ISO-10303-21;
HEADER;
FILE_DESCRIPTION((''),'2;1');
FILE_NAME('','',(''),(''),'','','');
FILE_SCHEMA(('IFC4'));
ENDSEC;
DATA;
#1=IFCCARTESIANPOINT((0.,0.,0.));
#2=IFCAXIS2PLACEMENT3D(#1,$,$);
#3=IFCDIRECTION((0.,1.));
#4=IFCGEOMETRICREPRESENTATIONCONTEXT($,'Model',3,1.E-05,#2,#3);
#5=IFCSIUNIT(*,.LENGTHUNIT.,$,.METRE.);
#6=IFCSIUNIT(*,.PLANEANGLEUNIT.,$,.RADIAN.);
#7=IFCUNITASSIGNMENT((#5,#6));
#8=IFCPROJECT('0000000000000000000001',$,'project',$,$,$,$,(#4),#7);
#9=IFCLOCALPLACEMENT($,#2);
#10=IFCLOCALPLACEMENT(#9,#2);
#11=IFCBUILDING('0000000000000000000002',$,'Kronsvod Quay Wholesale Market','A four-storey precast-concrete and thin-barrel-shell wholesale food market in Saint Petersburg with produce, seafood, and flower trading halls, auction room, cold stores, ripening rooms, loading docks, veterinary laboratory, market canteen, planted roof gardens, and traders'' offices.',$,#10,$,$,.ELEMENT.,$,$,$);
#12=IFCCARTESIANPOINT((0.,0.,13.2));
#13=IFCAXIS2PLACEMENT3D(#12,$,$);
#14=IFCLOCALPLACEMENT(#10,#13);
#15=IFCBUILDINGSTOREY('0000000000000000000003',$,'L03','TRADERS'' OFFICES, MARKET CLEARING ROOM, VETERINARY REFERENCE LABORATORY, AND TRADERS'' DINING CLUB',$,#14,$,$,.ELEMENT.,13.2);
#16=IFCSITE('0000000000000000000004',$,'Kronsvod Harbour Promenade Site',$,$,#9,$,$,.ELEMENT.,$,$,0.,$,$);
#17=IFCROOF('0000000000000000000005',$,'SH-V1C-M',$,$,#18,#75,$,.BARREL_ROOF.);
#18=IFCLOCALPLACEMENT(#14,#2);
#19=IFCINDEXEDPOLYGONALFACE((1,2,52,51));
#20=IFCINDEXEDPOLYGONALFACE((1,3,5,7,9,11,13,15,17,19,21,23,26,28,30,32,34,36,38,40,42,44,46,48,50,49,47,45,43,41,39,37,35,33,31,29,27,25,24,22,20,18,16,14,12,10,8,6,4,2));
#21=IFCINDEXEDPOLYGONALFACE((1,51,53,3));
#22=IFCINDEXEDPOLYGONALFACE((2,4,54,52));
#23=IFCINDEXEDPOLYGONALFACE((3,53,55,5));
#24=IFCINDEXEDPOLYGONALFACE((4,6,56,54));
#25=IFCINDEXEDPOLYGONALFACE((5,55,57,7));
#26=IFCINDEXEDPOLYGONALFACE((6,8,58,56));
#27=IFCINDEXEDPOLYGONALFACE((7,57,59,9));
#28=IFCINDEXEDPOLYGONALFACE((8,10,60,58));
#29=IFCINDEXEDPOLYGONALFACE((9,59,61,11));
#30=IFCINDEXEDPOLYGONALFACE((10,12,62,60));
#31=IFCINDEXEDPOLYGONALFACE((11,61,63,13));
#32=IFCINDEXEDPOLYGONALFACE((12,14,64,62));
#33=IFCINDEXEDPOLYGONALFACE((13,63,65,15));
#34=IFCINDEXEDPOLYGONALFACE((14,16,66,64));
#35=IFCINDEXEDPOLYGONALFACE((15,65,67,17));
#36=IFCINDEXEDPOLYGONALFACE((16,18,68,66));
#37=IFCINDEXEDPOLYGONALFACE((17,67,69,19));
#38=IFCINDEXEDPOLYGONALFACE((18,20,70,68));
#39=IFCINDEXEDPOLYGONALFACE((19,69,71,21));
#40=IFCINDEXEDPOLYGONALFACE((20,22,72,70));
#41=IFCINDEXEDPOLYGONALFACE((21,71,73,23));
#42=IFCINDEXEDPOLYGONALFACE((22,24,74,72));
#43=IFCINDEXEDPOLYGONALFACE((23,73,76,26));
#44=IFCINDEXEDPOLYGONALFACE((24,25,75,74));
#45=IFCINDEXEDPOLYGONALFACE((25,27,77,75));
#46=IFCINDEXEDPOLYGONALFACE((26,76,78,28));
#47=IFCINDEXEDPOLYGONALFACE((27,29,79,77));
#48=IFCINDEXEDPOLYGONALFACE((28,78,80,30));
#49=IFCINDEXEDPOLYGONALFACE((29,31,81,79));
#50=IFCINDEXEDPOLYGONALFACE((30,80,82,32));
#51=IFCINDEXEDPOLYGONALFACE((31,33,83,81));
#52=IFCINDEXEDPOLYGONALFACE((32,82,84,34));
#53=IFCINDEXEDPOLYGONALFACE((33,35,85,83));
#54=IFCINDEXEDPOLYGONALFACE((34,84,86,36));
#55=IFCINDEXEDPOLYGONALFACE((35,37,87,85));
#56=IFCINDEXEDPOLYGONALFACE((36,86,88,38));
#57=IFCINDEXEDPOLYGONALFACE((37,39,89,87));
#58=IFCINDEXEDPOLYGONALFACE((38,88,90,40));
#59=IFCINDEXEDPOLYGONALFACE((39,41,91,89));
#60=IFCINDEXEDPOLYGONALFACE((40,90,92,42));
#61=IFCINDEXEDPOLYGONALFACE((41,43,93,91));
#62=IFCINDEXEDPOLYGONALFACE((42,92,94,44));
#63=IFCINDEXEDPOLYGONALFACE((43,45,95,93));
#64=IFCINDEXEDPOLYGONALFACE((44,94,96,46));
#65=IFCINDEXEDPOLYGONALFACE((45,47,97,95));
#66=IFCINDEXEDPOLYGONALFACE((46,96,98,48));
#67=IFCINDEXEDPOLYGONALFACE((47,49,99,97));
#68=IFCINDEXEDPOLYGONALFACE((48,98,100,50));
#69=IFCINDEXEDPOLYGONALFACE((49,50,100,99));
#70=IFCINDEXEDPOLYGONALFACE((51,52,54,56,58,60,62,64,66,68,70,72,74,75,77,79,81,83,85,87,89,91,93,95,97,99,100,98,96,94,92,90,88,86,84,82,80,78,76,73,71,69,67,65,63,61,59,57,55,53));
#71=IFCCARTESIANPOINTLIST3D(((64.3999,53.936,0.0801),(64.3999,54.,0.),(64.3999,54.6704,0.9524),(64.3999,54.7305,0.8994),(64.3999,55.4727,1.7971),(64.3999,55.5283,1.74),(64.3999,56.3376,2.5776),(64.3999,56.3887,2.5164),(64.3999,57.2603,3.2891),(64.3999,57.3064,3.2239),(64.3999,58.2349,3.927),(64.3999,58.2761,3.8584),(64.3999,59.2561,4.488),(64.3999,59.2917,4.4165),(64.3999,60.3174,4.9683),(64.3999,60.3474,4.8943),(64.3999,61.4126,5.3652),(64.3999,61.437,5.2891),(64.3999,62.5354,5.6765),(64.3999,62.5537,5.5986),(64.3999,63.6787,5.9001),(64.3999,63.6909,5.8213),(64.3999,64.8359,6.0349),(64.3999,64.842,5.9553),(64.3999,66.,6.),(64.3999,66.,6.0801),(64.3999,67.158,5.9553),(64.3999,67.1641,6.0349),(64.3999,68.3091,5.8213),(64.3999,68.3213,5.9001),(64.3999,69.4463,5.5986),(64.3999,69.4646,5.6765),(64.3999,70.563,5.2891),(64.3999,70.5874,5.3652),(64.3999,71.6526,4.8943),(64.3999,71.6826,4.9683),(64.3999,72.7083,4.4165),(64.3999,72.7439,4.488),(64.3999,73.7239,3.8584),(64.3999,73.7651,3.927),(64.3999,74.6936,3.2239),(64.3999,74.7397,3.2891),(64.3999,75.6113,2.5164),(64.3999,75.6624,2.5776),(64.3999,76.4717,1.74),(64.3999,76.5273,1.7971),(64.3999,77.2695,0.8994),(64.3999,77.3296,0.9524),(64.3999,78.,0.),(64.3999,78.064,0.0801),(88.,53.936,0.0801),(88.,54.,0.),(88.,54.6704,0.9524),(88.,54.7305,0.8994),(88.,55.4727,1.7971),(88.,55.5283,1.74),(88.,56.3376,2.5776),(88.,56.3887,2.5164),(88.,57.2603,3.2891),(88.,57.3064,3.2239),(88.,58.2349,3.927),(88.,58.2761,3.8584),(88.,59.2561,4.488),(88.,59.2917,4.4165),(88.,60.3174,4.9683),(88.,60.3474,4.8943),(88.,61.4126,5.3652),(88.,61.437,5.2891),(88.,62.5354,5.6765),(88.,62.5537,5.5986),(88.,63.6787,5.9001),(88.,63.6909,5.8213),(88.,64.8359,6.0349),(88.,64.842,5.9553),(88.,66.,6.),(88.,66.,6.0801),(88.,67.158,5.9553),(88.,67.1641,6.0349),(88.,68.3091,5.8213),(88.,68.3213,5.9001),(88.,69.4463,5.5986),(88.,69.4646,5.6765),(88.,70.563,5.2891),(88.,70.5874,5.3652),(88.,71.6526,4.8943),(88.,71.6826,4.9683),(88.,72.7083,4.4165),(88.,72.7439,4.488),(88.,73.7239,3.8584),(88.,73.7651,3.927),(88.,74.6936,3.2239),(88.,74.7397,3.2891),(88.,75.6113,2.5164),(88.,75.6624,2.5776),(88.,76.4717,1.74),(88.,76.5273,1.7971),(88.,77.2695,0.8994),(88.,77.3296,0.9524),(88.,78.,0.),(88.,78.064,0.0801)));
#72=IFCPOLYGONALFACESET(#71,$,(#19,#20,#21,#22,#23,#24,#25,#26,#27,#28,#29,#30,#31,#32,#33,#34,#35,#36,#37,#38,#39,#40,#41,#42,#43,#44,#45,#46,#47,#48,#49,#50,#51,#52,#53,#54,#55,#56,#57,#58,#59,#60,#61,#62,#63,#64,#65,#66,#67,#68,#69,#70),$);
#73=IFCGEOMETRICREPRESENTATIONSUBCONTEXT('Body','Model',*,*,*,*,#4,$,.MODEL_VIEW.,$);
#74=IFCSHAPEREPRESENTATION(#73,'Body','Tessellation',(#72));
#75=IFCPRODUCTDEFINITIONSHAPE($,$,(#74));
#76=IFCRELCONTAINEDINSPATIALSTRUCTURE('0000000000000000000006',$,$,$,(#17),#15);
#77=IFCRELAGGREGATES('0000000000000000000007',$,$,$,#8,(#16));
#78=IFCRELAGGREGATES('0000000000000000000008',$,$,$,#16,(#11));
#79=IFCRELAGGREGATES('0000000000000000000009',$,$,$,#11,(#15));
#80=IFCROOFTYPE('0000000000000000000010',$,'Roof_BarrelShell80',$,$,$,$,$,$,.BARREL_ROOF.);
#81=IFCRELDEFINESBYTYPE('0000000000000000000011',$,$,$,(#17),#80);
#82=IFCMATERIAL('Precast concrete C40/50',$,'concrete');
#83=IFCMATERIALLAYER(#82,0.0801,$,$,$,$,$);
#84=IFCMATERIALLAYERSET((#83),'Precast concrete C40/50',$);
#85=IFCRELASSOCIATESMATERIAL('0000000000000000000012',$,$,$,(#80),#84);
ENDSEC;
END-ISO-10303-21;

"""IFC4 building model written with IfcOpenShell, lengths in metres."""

from ifc_helpers import new_model, si_unit, direction, frame, origin, place, context, subcontext, project, spatial, polyline, outline, extrude, material, layer, layer_set, type_object, element, save


model = new_model("IFC4")

# Units and contexts
model_context = context("Model", 3, precision=1e-05, world=origin(), true_north=direction((0.0, 1.0)))
body_context = subcontext(model_context, "Body", "Model", "MODEL_VIEW")
ifc_project = project(units=[si_unit("LENGTHUNIT", "METRE"), si_unit("PLANEANGLEUNIT", "RADIAN")], contexts=[model_context])

# Site, building, storey
site_placement = place(None, origin())
site = spatial("IfcSite", under=ifc_project, at=site_placement, Name="Kronsvod Harbour Promenade Site", CompositionType="ELEMENT", RefElevation=0.0)
building_placement = place(site_placement, origin())
building = spatial("IfcBuilding", under=site, at=building_placement, Name="Kronsvod Quay Wholesale Market", Description="A four-storey precast-concrete and thin-barrel-shell wholesale food market in Saint Petersburg with produce, seafood, and flower trading halls, auction room, cold stores, ripening rooms, loading docks, veterinary laboratory, market canteen, planted roof gardens, and traders' offices.", CompositionType="ELEMENT")
storey_placement = place(building_placement, frame((0.0, 0.0, 13.2)))
storey = spatial("IfcBuildingStorey", under=building, at=storey_placement, Name="L03", Description="TRADERS' OFFICES, MARKET CLEARING ROOM, VETERINARY REFERENCE LABORATORY, AND TRADERS' DINING CLUB", CompositionType="ELEMENT", Elevation=13.2)

# Roof
ifc_material_1 = material(Name="Precast concrete C40/50", Category="concrete")
ifc_layer_1 = layer(ifc_material_1, 0.0801)
ifc_layer_set_1 = layer_set([ifc_layer_1], Name="Precast concrete C40/50")
roof_type_1 = type_object("IfcRoofType", Name="Roof_BarrelShell80", PredefinedType="BARREL_ROOF", material=ifc_layer_set_1)
roof_1_placement = place(storey_placement, frame((64.3999, 66.0, 0.0), z_axis=(1.0, 0.0, 0.0), x_axis=(0.0, 1.0, 0.0)))
element("IfcRoof", 1, at=roof_1_placement, inside=storey, type_object=roof_type_1, Name="SH-V1C-M", PredefinedType="BARREL_ROOF", context=body_context, shape_type="SweptSolid", body=[
    extrude(outline(polyline([(-12.0, 0.0), (-11.2695, 0.8994), (-10.4717, 1.74), (-9.6113, 2.5164), (-8.6936, 3.2239), (-7.7239, 3.8584), (-6.7083, 4.4165), (-5.6526, 4.8943), (-4.563, 5.2891), (-3.4463, 5.5986), (-2.3091, 5.8213), (-1.158, 5.9553), (0.0, 6.0), (1.158, 5.9553), (2.3091, 5.8213), (3.4463, 5.5986), (4.563, 5.2891), (5.6526, 4.8943), (6.7083, 4.4165), (7.7239, 3.8584), (8.6936, 3.2239), (9.6113, 2.5164), (10.4717, 1.74), (11.2695, 0.8994), (12.0, 0.0), (12.064, 0.0801), (11.3296, 0.9524), (10.5273, 1.7971), (9.6624, 2.5776), (8.7397, 3.2891), (7.7651, 3.927), (6.7439, 4.488), (5.6826, 4.9683), (4.5874, 5.3652), (3.4646, 5.6765), (2.3213, 5.9001), (1.1641, 6.0349), (0.0, 6.0801), (-1.1641, 6.0349), (-2.3213, 5.9001), (-3.4646, 5.6765), (-4.5874, 5.3652), (-5.6826, 4.9683), (-6.7439, 4.488), (-7.7651, 3.927), (-8.7397, 3.2891), (-9.6624, 2.5776), (-10.5273, 1.7971), (-11.3296, 0.9524), (-12.064, 0.0801), (-12.0, 0.0)])), origin(), (0.0, 0.0, 1.0), 23.6001),
])

save(model, "model.ifc")
